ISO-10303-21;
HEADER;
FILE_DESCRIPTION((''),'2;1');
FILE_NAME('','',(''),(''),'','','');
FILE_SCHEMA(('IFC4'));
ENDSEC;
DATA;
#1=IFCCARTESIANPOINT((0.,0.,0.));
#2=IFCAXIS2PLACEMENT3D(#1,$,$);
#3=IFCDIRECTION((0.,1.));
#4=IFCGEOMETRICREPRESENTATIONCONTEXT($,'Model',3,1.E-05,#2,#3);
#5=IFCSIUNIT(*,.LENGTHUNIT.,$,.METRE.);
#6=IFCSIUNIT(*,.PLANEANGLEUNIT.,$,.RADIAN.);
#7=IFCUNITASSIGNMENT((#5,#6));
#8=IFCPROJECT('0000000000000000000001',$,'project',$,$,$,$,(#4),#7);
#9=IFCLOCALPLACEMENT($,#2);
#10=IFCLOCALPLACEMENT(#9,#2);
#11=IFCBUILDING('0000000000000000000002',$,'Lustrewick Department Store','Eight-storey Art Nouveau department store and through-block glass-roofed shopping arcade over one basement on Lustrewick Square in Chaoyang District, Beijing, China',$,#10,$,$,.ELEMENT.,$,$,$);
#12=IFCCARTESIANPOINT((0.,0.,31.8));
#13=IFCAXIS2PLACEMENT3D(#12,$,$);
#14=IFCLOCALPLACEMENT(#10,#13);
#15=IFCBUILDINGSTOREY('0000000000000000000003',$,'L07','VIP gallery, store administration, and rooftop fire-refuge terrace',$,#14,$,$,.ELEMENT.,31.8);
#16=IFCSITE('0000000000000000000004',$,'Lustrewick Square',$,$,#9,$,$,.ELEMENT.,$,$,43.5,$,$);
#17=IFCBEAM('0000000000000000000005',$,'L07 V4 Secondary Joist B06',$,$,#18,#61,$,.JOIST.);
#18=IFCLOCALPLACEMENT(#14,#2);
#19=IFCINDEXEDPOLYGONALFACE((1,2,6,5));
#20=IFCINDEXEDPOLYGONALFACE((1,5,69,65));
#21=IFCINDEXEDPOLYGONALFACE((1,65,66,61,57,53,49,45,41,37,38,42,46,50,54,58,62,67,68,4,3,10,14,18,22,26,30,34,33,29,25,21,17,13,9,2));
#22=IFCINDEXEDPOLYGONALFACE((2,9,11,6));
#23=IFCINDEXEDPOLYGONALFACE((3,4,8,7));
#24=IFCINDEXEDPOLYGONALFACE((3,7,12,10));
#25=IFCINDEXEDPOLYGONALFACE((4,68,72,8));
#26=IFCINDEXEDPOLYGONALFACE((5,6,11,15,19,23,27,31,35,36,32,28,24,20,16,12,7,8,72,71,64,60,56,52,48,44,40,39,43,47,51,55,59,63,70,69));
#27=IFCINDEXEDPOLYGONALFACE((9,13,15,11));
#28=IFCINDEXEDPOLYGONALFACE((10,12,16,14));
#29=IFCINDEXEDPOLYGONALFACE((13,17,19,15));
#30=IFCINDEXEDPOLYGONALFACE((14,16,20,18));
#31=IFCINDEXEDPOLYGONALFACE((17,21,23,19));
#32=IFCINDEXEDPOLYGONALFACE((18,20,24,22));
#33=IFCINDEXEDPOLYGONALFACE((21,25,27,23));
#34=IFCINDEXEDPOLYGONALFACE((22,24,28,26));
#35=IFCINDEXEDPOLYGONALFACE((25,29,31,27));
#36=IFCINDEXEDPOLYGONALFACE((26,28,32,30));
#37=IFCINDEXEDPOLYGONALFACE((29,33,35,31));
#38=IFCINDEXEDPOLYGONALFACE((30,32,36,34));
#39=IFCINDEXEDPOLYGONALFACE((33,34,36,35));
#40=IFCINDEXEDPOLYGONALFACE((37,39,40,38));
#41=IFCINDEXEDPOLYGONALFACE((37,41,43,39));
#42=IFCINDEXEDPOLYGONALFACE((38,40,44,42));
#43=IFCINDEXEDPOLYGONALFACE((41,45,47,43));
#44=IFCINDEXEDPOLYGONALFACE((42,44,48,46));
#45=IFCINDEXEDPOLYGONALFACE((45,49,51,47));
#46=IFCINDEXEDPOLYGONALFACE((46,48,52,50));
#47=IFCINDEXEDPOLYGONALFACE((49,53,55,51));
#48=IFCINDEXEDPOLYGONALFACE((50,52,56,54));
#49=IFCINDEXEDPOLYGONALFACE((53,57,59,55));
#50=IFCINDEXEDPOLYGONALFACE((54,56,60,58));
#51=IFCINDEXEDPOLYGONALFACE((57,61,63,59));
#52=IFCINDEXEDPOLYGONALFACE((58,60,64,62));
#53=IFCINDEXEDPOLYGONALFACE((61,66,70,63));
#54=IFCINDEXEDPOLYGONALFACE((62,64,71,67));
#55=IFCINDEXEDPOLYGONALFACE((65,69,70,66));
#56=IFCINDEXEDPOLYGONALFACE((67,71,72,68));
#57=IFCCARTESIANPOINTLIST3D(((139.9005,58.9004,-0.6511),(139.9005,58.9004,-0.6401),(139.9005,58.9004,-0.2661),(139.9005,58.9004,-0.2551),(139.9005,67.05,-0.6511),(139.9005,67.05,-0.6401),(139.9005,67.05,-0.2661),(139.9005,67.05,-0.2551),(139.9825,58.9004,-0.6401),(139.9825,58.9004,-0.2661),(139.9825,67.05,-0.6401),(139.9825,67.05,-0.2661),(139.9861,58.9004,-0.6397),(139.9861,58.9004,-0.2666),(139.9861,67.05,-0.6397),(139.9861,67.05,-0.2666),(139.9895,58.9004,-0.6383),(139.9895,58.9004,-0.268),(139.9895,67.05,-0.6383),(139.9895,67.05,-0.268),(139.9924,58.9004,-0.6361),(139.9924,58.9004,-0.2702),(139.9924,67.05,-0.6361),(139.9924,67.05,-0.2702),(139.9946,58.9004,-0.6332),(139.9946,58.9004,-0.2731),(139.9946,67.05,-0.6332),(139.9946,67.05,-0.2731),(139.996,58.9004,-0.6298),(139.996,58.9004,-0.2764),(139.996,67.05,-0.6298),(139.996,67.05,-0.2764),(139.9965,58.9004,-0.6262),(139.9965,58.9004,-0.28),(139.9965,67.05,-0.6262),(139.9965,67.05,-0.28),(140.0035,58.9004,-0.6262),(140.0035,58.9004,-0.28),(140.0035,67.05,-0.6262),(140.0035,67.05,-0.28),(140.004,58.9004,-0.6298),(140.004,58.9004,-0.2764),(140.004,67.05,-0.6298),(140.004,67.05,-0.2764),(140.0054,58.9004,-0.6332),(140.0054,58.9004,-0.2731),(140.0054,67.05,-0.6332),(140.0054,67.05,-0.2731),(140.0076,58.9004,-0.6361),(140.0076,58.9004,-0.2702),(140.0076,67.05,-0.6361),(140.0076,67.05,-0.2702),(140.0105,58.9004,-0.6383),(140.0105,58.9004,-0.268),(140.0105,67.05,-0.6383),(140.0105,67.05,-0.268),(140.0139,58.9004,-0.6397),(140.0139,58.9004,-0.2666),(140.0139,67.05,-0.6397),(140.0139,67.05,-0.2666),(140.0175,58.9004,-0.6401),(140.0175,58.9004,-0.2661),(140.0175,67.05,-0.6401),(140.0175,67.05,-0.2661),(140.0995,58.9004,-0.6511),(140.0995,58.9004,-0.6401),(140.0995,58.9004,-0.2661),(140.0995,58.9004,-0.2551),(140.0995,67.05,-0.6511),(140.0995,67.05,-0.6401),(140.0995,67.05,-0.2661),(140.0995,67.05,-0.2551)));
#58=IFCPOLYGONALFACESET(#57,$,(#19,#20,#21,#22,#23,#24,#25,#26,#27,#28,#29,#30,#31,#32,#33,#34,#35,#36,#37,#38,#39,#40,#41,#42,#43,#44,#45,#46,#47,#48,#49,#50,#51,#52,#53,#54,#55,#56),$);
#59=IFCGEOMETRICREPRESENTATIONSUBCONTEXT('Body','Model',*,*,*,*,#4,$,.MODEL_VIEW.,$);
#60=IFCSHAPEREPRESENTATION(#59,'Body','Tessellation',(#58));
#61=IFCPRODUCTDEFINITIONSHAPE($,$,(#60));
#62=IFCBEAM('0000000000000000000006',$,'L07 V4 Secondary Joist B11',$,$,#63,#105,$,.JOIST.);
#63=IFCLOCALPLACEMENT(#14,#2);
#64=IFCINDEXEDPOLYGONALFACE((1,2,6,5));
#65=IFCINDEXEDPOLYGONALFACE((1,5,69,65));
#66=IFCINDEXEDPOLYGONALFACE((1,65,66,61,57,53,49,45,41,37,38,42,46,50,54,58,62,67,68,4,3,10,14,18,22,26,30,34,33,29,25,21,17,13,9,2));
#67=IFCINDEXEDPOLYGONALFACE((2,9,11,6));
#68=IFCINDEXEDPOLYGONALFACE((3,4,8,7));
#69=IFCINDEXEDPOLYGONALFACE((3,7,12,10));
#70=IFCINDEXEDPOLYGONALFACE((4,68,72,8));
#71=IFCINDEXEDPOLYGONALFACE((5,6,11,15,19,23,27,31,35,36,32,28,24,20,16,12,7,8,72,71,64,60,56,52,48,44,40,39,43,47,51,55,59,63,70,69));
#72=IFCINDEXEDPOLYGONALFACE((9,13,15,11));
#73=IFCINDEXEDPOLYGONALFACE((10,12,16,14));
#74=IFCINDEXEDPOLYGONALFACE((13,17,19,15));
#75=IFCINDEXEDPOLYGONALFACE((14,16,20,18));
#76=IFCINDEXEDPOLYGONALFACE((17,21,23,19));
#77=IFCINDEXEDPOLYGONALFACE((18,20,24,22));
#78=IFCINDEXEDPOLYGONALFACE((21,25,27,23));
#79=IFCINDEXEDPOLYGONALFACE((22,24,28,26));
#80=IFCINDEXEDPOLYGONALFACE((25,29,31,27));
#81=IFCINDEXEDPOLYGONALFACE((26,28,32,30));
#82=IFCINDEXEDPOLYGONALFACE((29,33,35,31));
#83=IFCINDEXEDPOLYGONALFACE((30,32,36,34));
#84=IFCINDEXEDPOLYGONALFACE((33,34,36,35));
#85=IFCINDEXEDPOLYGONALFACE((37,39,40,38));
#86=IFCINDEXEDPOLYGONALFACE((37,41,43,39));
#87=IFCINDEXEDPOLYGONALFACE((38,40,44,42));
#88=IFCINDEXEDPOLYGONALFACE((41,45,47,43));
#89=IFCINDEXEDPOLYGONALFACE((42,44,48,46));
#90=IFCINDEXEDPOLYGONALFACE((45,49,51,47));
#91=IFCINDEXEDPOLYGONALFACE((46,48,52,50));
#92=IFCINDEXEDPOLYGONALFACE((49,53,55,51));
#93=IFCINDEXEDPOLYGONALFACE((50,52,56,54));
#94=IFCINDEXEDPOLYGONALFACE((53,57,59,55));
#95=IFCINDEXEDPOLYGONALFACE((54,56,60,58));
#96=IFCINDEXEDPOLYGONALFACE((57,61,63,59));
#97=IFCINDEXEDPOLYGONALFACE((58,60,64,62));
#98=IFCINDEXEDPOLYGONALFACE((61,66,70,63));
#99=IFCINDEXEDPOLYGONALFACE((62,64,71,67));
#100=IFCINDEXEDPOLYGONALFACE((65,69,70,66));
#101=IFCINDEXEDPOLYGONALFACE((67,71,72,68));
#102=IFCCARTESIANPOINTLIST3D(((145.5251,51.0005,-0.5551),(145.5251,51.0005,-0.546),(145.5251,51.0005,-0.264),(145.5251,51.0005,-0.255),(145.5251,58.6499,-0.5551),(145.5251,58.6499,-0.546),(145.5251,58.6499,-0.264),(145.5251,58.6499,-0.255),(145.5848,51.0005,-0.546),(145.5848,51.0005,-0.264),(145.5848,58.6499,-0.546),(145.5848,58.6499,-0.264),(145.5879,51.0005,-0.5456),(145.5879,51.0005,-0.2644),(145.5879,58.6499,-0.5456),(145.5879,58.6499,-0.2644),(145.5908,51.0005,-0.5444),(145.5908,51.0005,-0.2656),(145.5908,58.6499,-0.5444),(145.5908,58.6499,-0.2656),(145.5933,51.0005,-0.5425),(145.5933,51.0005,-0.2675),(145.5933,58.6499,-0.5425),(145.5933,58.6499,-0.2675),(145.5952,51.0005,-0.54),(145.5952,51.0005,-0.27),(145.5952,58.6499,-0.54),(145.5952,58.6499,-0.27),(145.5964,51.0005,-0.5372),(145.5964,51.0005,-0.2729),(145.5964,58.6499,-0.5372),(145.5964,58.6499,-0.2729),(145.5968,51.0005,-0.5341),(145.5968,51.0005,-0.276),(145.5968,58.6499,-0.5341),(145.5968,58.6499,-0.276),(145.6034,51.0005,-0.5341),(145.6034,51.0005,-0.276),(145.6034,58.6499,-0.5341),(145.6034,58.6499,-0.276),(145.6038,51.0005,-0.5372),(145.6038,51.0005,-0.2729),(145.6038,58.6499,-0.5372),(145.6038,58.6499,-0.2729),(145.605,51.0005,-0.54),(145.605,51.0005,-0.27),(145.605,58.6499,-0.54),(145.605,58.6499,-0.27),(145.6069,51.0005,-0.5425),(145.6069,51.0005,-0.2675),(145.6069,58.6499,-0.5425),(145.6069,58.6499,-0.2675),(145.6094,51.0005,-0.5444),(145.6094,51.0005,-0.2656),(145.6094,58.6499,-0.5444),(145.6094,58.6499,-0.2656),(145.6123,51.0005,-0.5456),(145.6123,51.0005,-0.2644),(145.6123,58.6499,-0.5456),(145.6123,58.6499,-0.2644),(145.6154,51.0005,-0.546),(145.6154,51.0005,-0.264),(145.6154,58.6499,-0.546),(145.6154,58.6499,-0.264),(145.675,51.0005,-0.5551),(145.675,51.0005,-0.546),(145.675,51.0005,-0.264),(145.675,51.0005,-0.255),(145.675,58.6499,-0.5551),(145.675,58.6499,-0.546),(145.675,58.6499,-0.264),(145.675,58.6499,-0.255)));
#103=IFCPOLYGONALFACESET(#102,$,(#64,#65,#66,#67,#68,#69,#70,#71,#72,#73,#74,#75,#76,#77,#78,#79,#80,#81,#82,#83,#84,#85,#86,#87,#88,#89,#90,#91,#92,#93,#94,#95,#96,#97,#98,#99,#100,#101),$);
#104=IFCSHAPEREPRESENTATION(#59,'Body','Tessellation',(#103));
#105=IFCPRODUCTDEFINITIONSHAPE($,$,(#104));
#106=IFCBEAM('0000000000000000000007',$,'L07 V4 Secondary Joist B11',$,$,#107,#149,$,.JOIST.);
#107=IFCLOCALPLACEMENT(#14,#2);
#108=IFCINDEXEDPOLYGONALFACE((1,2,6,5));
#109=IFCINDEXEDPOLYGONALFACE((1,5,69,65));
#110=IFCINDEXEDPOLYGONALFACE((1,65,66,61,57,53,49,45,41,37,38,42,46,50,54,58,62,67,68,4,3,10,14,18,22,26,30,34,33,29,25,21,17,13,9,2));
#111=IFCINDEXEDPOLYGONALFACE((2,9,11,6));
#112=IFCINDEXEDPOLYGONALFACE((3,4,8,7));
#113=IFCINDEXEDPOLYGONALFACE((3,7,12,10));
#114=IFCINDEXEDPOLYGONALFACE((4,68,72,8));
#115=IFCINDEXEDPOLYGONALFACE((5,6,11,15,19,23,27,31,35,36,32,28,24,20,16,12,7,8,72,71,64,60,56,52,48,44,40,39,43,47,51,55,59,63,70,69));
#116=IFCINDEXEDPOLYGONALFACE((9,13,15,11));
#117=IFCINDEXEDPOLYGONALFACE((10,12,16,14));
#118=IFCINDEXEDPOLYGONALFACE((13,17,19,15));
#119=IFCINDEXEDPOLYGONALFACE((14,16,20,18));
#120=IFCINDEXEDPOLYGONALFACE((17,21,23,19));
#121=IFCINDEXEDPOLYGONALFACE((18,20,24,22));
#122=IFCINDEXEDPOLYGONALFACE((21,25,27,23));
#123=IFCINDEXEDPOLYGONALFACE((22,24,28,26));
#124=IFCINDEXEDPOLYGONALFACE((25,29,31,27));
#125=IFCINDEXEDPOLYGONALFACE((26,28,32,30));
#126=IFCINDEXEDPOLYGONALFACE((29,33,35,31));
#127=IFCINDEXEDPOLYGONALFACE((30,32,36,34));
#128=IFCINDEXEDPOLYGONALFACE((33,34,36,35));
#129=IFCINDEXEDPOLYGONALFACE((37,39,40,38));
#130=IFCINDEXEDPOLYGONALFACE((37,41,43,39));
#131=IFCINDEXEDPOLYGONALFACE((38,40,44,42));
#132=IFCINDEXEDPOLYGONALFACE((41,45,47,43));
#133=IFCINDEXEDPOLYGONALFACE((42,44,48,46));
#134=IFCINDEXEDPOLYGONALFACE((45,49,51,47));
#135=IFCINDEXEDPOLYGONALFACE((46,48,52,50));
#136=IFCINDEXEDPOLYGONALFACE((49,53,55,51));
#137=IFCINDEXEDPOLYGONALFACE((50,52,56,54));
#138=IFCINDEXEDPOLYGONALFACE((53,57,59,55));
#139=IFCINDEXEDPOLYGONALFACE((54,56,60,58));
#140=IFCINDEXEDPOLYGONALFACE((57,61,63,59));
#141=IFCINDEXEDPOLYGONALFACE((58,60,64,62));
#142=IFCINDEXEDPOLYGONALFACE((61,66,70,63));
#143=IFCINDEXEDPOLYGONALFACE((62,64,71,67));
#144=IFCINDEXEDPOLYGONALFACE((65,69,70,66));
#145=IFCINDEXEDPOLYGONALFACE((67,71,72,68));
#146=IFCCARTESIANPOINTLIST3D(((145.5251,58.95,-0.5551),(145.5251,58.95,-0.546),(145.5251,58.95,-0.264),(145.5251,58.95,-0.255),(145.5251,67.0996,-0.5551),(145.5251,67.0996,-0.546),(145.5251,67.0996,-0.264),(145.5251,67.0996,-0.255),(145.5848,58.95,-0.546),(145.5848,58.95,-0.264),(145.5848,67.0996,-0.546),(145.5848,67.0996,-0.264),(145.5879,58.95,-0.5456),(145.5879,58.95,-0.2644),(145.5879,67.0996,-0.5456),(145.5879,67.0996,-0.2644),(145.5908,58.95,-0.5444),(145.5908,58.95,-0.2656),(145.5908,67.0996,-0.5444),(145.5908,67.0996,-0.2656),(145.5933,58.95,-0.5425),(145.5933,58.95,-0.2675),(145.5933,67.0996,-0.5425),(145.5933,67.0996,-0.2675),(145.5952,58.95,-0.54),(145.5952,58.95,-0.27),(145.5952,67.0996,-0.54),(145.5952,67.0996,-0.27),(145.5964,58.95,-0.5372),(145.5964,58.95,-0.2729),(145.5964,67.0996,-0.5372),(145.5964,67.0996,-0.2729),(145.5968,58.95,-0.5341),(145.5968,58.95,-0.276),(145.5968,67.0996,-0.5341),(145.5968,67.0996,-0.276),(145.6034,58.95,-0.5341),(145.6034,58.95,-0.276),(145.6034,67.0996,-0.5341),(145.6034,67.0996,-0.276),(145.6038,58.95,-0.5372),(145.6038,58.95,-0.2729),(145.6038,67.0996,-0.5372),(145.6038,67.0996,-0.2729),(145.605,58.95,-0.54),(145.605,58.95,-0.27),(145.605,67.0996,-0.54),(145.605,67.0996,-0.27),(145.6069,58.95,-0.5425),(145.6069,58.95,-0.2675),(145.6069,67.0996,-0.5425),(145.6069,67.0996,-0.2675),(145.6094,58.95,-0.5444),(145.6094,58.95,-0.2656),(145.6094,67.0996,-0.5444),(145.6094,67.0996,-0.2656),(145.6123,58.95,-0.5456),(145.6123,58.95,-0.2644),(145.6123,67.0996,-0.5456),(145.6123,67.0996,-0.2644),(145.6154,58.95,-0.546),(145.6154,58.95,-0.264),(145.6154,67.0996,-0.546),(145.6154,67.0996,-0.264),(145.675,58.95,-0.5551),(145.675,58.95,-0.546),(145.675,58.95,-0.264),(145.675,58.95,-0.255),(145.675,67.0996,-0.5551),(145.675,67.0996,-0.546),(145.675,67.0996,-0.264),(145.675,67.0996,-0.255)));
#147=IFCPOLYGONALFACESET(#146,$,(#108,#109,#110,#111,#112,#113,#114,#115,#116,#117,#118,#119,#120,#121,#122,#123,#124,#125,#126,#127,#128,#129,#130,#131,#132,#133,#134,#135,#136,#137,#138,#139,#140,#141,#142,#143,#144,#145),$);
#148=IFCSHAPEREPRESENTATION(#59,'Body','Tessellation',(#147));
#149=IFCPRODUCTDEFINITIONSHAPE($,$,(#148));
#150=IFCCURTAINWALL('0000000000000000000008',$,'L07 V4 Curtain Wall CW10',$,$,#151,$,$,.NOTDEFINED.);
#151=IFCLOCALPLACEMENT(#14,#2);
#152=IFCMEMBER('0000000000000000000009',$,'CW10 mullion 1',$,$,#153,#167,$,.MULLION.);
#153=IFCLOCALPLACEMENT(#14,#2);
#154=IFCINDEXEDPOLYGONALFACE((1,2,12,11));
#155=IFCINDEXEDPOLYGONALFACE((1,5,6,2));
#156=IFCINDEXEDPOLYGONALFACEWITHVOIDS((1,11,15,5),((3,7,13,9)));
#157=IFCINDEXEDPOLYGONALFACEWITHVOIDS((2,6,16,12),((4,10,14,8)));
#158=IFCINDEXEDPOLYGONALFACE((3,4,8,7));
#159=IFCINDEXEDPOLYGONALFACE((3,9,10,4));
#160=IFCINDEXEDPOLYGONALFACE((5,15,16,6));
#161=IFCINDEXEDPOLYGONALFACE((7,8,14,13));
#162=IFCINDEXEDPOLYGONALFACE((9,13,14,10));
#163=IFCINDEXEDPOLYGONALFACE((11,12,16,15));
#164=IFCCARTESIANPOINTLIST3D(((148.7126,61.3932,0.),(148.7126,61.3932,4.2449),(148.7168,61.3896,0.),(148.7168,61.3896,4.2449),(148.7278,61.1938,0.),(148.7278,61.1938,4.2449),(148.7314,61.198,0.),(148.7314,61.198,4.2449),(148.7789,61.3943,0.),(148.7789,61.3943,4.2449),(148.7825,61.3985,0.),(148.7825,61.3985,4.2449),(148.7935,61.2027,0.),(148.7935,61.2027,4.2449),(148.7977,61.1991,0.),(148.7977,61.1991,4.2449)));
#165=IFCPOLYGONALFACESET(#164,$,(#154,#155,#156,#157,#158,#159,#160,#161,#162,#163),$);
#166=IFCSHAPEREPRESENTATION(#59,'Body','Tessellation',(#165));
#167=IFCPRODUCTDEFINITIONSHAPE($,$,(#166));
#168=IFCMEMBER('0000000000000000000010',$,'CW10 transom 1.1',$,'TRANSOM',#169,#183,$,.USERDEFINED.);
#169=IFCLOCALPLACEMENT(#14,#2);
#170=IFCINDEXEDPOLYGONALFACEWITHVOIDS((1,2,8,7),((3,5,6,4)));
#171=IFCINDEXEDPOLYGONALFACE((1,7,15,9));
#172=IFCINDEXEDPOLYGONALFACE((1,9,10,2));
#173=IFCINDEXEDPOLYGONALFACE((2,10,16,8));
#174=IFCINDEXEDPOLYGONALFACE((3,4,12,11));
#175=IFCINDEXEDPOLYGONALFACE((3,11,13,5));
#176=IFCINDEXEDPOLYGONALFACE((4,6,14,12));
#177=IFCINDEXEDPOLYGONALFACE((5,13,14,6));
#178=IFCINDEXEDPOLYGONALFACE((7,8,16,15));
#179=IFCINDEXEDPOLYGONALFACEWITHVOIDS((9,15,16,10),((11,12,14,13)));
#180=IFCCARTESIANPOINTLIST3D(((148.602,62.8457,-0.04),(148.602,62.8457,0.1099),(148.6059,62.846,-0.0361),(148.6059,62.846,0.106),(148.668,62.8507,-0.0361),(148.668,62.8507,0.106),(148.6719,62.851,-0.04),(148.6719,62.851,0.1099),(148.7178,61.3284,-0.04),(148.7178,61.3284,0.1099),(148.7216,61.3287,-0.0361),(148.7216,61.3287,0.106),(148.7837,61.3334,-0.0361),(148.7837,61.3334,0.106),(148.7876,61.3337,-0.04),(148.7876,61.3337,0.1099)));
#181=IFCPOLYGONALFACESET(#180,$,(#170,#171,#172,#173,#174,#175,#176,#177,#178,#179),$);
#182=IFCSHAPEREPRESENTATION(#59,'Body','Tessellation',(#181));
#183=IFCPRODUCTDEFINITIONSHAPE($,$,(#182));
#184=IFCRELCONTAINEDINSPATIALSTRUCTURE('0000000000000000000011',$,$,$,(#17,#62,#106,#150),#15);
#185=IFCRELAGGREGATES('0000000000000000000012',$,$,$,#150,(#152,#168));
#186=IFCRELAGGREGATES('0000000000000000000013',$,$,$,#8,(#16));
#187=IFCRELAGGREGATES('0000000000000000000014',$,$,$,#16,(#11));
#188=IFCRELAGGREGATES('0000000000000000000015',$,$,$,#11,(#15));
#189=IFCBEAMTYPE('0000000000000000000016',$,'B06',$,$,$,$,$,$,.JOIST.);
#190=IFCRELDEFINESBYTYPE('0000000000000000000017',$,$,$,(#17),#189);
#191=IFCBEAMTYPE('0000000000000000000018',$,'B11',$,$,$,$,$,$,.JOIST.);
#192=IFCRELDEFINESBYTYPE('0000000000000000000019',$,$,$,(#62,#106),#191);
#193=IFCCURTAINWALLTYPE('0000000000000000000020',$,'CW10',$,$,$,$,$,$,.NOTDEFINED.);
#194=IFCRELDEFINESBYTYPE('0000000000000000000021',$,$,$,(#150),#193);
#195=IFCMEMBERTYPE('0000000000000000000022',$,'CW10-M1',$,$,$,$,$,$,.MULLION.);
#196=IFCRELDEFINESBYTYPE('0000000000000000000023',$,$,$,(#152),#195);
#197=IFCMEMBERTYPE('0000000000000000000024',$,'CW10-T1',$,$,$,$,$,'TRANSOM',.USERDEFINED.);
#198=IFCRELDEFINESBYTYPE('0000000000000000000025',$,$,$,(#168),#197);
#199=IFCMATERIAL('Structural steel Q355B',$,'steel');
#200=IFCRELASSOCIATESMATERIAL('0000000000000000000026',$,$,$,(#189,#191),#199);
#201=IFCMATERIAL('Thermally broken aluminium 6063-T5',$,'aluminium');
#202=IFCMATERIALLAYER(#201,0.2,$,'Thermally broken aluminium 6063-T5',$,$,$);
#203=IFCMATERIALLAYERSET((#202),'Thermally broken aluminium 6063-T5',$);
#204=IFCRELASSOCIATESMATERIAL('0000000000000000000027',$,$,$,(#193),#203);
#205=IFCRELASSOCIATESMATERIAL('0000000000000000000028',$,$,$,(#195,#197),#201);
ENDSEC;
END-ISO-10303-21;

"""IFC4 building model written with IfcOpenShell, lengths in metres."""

from ifc_helpers import new_model, si_unit, direction, frame, origin, origin_2d, place, context, subcontext, project, spatial, hollow_rectangle, i_section, extrude, material, layer, layer_set, material_profile, profile_set, type_object, element, aggregate, save


model = new_model("IFC4")

# Units and contexts
model_context = context("Model", 3, precision=1e-05, world=origin(), true_north=direction((0.0, 1.0)))
body_context = subcontext(model_context, "Body", "Model", "MODEL_VIEW")
ifc_project = project(units=[si_unit("LENGTHUNIT", "METRE"), si_unit("PLANEANGLEUNIT", "RADIAN")], contexts=[model_context])

# Site, building, storey
site_placement = place(None, origin())
site = spatial("IfcSite", under=ifc_project, at=site_placement, Name="Lustrewick Square", CompositionType="ELEMENT", RefElevation=43.5)
building_placement = place(site_placement, origin())
building = spatial("IfcBuilding", under=site, at=building_placement, Name="Lustrewick Department Store", Description="Eight-storey Art Nouveau department store and through-block glass-roofed shopping arcade over one basement on Lustrewick Square in Chaoyang District, Beijing, China", CompositionType="ELEMENT")
storey_placement = place(building_placement, frame((0.0, 0.0, 31.8)))
storey = spatial("IfcBuildingStorey", under=building, at=storey_placement, Name="L07", Description="VIP gallery, store administration, and rooftop fire-refuge terrace", CompositionType="ELEMENT", Elevation=31.8)

# Shared definitions
ifc_material_1 = material(Name="Structural steel Q355B", Category="steel")

# Beams
ifc_material_profile_1 = material_profile(ifc_material_1, i_section(OverallWidth=0.199, OverallDepth=0.396, WebThickness=0.0071, FlangeThickness=0.011, FilletRadius=0.0139, at=origin_2d()), Name="HN 396x199x7x11")
ifc_profile_set_1 = profile_set([ifc_material_profile_1], Name="Structural steel Q355B")
beam_type_1 = type_object("IfcBeamType", Name="B06", PredefinedType="JOIST", material=ifc_profile_set_1)
beam_1_placement = place(storey_placement, frame((140.0, 58.9004, -0.4531), z_axis=(0.0, 1.0, 0.0), x_axis=(-1.0, 0.0, 0.0)))
element("IfcBeam", 1, at=beam_1_placement, inside=storey, type_object=beam_type_1, Name="L07 V4 Secondary Joist B06", PredefinedType="JOIST", context=body_context, shape_type="SweptSolid", body=[
    extrude(i_section(OverallWidth=0.199, OverallDepth=0.396, WebThickness=0.0071, FlangeThickness=0.011, FilletRadius=0.0139, at=origin_2d()), origin(), (0.0, 0.0, 1.0), 8.1497),
])
ifc_material_profile_2 = material_profile(ifc_material_1, i_section(OverallWidth=0.1499, OverallDepth=0.3, WebThickness=0.0066, FlangeThickness=0.009, FilletRadius=0.012, at=origin_2d()), Name="HN 300x150x6.5x9")
ifc_profile_set_2 = profile_set([ifc_material_profile_2], Name="Structural steel Q355B")
beam_type_2 = type_object("IfcBeamType", Name="B11", PredefinedType="JOIST", material=ifc_profile_set_2)
beam_2_placement = place(storey_placement, frame((145.6001, 51.0005, -0.405), z_axis=(0.0, 1.0, 0.0), x_axis=(-1.0, 0.0, 0.0)))
element("IfcBeam", 2, at=beam_2_placement, inside=storey, type_object=beam_type_2, Name="L07 V4 Secondary Joist B11", PredefinedType="JOIST", context=body_context, shape_type="SweptSolid", body=[
    extrude(i_section(OverallWidth=0.1499, OverallDepth=0.3, WebThickness=0.0066, FlangeThickness=0.009, FilletRadius=0.012, at=origin_2d()), origin(), (0.0, 0.0, 1.0), 7.6494),
])
beam_3_placement = place(storey_placement, frame((145.6001, 58.95, -0.405), z_axis=(0.0, 1.0, 0.0), x_axis=(-1.0, 0.0, 0.0)))
element("IfcBeam", 3, at=beam_3_placement, inside=storey, type_object=beam_type_2, Name="L07 V4 Secondary Joist B11", PredefinedType="JOIST", context=body_context, shape_type="SweptSolid", body=[
    extrude(i_section(OverallWidth=0.1499, OverallDepth=0.3, WebThickness=0.0066, FlangeThickness=0.009, FilletRadius=0.012, at=origin_2d()), origin(), (0.0, 0.0, 1.0), 8.1497),
])

# Curtain wall, members
ifc_material_2 = material(Name="Thermally broken aluminium 6063-T5", Category="aluminium")
ifc_layer_1 = layer(ifc_material_2, 0.2, Name="Thermally broken aluminium 6063-T5")
ifc_layer_set_1 = layer_set([ifc_layer_1], Name="Thermally broken aluminium 6063-T5")
curtain_wall_type = type_object("IfcCurtainWallType", Name="CW10", PredefinedType="NOTDEFINED", material=ifc_layer_set_1)
curtain_wall_placement = place(storey_placement, origin())
curtain_wall = element("IfcCurtainWall", 4, at=curtain_wall_placement, inside=storey, type_object=curtain_wall_type, Name="L07 V4 Curtain Wall CW10", PredefinedType="NOTDEFINED")
ifc_material_profile_3 = material_profile(ifc_material_2, hollow_rectangle(XDim=0.0701, YDim=0.2, WallThickness=0.0039, at=origin_2d()), Name="ALU-M 70x200x4")
ifc_profile_set_3 = profile_set([ifc_material_profile_3], Name="Thermally broken aluminium 6063-T5")
member_type_1 = type_object("IfcMemberType", Name="CW10-M1", PredefinedType="MULLION", material=ifc_profile_set_3)
member_1_placement = place(storey_placement, frame((148.7551, 61.2961, 0.0), z_axis=(0.0, 0.0, 1.0), x_axis=(-0.997112, -0.075942, 0.0)))
member_1 = element("IfcMember", 5, at=member_1_placement, type_object=member_type_1, Name="CW10 mullion 1", PredefinedType="MULLION", context=body_context, shape_type="SweptSolid", body=[
    extrude(hollow_rectangle(XDim=0.0701, YDim=0.2, WallThickness=0.0039, at=origin_2d()), origin(), (0.0, 0.0, 1.0), 4.2449),
])
ifc_material_profile_4 = material_profile(ifc_material_2, hollow_rectangle(XDim=0.0701, YDim=0.1499, WallThickness=0.0039, at=origin_2d()), Name="ALU-T 70x150x4")
ifc_profile_set_4 = profile_set([ifc_material_profile_4], Name="Thermally broken aluminium 6063-T5")
member_type_2 = type_object("IfcMemberType", Name="CW10-T1", ElementType="TRANSOM", PredefinedType="USERDEFINED", material=ifc_profile_set_4)
member_2_placement = place(storey_placement, frame((148.7527, 61.3311, 0.0349), z_axis=(-0.076046, 0.997104, 0.0), x_axis=(-0.997104, -0.076046, 0.0)))
member_2 = element("IfcMember", 6, at=member_2_placement, type_object=member_type_2, Name="CW10 transom 1.1", ObjectType="TRANSOM", PredefinedType="USERDEFINED", context=body_context, shape_type="SweptSolid", body=[
    extrude(hollow_rectangle(XDim=0.0701, YDim=0.1499, WallThickness=0.0039, at=origin_2d()), origin(), (0.0, 0.0, 1.0), 1.5217),
])
aggregate(curtain_wall, [member_1, member_2])

save(model, "model.ifc")
